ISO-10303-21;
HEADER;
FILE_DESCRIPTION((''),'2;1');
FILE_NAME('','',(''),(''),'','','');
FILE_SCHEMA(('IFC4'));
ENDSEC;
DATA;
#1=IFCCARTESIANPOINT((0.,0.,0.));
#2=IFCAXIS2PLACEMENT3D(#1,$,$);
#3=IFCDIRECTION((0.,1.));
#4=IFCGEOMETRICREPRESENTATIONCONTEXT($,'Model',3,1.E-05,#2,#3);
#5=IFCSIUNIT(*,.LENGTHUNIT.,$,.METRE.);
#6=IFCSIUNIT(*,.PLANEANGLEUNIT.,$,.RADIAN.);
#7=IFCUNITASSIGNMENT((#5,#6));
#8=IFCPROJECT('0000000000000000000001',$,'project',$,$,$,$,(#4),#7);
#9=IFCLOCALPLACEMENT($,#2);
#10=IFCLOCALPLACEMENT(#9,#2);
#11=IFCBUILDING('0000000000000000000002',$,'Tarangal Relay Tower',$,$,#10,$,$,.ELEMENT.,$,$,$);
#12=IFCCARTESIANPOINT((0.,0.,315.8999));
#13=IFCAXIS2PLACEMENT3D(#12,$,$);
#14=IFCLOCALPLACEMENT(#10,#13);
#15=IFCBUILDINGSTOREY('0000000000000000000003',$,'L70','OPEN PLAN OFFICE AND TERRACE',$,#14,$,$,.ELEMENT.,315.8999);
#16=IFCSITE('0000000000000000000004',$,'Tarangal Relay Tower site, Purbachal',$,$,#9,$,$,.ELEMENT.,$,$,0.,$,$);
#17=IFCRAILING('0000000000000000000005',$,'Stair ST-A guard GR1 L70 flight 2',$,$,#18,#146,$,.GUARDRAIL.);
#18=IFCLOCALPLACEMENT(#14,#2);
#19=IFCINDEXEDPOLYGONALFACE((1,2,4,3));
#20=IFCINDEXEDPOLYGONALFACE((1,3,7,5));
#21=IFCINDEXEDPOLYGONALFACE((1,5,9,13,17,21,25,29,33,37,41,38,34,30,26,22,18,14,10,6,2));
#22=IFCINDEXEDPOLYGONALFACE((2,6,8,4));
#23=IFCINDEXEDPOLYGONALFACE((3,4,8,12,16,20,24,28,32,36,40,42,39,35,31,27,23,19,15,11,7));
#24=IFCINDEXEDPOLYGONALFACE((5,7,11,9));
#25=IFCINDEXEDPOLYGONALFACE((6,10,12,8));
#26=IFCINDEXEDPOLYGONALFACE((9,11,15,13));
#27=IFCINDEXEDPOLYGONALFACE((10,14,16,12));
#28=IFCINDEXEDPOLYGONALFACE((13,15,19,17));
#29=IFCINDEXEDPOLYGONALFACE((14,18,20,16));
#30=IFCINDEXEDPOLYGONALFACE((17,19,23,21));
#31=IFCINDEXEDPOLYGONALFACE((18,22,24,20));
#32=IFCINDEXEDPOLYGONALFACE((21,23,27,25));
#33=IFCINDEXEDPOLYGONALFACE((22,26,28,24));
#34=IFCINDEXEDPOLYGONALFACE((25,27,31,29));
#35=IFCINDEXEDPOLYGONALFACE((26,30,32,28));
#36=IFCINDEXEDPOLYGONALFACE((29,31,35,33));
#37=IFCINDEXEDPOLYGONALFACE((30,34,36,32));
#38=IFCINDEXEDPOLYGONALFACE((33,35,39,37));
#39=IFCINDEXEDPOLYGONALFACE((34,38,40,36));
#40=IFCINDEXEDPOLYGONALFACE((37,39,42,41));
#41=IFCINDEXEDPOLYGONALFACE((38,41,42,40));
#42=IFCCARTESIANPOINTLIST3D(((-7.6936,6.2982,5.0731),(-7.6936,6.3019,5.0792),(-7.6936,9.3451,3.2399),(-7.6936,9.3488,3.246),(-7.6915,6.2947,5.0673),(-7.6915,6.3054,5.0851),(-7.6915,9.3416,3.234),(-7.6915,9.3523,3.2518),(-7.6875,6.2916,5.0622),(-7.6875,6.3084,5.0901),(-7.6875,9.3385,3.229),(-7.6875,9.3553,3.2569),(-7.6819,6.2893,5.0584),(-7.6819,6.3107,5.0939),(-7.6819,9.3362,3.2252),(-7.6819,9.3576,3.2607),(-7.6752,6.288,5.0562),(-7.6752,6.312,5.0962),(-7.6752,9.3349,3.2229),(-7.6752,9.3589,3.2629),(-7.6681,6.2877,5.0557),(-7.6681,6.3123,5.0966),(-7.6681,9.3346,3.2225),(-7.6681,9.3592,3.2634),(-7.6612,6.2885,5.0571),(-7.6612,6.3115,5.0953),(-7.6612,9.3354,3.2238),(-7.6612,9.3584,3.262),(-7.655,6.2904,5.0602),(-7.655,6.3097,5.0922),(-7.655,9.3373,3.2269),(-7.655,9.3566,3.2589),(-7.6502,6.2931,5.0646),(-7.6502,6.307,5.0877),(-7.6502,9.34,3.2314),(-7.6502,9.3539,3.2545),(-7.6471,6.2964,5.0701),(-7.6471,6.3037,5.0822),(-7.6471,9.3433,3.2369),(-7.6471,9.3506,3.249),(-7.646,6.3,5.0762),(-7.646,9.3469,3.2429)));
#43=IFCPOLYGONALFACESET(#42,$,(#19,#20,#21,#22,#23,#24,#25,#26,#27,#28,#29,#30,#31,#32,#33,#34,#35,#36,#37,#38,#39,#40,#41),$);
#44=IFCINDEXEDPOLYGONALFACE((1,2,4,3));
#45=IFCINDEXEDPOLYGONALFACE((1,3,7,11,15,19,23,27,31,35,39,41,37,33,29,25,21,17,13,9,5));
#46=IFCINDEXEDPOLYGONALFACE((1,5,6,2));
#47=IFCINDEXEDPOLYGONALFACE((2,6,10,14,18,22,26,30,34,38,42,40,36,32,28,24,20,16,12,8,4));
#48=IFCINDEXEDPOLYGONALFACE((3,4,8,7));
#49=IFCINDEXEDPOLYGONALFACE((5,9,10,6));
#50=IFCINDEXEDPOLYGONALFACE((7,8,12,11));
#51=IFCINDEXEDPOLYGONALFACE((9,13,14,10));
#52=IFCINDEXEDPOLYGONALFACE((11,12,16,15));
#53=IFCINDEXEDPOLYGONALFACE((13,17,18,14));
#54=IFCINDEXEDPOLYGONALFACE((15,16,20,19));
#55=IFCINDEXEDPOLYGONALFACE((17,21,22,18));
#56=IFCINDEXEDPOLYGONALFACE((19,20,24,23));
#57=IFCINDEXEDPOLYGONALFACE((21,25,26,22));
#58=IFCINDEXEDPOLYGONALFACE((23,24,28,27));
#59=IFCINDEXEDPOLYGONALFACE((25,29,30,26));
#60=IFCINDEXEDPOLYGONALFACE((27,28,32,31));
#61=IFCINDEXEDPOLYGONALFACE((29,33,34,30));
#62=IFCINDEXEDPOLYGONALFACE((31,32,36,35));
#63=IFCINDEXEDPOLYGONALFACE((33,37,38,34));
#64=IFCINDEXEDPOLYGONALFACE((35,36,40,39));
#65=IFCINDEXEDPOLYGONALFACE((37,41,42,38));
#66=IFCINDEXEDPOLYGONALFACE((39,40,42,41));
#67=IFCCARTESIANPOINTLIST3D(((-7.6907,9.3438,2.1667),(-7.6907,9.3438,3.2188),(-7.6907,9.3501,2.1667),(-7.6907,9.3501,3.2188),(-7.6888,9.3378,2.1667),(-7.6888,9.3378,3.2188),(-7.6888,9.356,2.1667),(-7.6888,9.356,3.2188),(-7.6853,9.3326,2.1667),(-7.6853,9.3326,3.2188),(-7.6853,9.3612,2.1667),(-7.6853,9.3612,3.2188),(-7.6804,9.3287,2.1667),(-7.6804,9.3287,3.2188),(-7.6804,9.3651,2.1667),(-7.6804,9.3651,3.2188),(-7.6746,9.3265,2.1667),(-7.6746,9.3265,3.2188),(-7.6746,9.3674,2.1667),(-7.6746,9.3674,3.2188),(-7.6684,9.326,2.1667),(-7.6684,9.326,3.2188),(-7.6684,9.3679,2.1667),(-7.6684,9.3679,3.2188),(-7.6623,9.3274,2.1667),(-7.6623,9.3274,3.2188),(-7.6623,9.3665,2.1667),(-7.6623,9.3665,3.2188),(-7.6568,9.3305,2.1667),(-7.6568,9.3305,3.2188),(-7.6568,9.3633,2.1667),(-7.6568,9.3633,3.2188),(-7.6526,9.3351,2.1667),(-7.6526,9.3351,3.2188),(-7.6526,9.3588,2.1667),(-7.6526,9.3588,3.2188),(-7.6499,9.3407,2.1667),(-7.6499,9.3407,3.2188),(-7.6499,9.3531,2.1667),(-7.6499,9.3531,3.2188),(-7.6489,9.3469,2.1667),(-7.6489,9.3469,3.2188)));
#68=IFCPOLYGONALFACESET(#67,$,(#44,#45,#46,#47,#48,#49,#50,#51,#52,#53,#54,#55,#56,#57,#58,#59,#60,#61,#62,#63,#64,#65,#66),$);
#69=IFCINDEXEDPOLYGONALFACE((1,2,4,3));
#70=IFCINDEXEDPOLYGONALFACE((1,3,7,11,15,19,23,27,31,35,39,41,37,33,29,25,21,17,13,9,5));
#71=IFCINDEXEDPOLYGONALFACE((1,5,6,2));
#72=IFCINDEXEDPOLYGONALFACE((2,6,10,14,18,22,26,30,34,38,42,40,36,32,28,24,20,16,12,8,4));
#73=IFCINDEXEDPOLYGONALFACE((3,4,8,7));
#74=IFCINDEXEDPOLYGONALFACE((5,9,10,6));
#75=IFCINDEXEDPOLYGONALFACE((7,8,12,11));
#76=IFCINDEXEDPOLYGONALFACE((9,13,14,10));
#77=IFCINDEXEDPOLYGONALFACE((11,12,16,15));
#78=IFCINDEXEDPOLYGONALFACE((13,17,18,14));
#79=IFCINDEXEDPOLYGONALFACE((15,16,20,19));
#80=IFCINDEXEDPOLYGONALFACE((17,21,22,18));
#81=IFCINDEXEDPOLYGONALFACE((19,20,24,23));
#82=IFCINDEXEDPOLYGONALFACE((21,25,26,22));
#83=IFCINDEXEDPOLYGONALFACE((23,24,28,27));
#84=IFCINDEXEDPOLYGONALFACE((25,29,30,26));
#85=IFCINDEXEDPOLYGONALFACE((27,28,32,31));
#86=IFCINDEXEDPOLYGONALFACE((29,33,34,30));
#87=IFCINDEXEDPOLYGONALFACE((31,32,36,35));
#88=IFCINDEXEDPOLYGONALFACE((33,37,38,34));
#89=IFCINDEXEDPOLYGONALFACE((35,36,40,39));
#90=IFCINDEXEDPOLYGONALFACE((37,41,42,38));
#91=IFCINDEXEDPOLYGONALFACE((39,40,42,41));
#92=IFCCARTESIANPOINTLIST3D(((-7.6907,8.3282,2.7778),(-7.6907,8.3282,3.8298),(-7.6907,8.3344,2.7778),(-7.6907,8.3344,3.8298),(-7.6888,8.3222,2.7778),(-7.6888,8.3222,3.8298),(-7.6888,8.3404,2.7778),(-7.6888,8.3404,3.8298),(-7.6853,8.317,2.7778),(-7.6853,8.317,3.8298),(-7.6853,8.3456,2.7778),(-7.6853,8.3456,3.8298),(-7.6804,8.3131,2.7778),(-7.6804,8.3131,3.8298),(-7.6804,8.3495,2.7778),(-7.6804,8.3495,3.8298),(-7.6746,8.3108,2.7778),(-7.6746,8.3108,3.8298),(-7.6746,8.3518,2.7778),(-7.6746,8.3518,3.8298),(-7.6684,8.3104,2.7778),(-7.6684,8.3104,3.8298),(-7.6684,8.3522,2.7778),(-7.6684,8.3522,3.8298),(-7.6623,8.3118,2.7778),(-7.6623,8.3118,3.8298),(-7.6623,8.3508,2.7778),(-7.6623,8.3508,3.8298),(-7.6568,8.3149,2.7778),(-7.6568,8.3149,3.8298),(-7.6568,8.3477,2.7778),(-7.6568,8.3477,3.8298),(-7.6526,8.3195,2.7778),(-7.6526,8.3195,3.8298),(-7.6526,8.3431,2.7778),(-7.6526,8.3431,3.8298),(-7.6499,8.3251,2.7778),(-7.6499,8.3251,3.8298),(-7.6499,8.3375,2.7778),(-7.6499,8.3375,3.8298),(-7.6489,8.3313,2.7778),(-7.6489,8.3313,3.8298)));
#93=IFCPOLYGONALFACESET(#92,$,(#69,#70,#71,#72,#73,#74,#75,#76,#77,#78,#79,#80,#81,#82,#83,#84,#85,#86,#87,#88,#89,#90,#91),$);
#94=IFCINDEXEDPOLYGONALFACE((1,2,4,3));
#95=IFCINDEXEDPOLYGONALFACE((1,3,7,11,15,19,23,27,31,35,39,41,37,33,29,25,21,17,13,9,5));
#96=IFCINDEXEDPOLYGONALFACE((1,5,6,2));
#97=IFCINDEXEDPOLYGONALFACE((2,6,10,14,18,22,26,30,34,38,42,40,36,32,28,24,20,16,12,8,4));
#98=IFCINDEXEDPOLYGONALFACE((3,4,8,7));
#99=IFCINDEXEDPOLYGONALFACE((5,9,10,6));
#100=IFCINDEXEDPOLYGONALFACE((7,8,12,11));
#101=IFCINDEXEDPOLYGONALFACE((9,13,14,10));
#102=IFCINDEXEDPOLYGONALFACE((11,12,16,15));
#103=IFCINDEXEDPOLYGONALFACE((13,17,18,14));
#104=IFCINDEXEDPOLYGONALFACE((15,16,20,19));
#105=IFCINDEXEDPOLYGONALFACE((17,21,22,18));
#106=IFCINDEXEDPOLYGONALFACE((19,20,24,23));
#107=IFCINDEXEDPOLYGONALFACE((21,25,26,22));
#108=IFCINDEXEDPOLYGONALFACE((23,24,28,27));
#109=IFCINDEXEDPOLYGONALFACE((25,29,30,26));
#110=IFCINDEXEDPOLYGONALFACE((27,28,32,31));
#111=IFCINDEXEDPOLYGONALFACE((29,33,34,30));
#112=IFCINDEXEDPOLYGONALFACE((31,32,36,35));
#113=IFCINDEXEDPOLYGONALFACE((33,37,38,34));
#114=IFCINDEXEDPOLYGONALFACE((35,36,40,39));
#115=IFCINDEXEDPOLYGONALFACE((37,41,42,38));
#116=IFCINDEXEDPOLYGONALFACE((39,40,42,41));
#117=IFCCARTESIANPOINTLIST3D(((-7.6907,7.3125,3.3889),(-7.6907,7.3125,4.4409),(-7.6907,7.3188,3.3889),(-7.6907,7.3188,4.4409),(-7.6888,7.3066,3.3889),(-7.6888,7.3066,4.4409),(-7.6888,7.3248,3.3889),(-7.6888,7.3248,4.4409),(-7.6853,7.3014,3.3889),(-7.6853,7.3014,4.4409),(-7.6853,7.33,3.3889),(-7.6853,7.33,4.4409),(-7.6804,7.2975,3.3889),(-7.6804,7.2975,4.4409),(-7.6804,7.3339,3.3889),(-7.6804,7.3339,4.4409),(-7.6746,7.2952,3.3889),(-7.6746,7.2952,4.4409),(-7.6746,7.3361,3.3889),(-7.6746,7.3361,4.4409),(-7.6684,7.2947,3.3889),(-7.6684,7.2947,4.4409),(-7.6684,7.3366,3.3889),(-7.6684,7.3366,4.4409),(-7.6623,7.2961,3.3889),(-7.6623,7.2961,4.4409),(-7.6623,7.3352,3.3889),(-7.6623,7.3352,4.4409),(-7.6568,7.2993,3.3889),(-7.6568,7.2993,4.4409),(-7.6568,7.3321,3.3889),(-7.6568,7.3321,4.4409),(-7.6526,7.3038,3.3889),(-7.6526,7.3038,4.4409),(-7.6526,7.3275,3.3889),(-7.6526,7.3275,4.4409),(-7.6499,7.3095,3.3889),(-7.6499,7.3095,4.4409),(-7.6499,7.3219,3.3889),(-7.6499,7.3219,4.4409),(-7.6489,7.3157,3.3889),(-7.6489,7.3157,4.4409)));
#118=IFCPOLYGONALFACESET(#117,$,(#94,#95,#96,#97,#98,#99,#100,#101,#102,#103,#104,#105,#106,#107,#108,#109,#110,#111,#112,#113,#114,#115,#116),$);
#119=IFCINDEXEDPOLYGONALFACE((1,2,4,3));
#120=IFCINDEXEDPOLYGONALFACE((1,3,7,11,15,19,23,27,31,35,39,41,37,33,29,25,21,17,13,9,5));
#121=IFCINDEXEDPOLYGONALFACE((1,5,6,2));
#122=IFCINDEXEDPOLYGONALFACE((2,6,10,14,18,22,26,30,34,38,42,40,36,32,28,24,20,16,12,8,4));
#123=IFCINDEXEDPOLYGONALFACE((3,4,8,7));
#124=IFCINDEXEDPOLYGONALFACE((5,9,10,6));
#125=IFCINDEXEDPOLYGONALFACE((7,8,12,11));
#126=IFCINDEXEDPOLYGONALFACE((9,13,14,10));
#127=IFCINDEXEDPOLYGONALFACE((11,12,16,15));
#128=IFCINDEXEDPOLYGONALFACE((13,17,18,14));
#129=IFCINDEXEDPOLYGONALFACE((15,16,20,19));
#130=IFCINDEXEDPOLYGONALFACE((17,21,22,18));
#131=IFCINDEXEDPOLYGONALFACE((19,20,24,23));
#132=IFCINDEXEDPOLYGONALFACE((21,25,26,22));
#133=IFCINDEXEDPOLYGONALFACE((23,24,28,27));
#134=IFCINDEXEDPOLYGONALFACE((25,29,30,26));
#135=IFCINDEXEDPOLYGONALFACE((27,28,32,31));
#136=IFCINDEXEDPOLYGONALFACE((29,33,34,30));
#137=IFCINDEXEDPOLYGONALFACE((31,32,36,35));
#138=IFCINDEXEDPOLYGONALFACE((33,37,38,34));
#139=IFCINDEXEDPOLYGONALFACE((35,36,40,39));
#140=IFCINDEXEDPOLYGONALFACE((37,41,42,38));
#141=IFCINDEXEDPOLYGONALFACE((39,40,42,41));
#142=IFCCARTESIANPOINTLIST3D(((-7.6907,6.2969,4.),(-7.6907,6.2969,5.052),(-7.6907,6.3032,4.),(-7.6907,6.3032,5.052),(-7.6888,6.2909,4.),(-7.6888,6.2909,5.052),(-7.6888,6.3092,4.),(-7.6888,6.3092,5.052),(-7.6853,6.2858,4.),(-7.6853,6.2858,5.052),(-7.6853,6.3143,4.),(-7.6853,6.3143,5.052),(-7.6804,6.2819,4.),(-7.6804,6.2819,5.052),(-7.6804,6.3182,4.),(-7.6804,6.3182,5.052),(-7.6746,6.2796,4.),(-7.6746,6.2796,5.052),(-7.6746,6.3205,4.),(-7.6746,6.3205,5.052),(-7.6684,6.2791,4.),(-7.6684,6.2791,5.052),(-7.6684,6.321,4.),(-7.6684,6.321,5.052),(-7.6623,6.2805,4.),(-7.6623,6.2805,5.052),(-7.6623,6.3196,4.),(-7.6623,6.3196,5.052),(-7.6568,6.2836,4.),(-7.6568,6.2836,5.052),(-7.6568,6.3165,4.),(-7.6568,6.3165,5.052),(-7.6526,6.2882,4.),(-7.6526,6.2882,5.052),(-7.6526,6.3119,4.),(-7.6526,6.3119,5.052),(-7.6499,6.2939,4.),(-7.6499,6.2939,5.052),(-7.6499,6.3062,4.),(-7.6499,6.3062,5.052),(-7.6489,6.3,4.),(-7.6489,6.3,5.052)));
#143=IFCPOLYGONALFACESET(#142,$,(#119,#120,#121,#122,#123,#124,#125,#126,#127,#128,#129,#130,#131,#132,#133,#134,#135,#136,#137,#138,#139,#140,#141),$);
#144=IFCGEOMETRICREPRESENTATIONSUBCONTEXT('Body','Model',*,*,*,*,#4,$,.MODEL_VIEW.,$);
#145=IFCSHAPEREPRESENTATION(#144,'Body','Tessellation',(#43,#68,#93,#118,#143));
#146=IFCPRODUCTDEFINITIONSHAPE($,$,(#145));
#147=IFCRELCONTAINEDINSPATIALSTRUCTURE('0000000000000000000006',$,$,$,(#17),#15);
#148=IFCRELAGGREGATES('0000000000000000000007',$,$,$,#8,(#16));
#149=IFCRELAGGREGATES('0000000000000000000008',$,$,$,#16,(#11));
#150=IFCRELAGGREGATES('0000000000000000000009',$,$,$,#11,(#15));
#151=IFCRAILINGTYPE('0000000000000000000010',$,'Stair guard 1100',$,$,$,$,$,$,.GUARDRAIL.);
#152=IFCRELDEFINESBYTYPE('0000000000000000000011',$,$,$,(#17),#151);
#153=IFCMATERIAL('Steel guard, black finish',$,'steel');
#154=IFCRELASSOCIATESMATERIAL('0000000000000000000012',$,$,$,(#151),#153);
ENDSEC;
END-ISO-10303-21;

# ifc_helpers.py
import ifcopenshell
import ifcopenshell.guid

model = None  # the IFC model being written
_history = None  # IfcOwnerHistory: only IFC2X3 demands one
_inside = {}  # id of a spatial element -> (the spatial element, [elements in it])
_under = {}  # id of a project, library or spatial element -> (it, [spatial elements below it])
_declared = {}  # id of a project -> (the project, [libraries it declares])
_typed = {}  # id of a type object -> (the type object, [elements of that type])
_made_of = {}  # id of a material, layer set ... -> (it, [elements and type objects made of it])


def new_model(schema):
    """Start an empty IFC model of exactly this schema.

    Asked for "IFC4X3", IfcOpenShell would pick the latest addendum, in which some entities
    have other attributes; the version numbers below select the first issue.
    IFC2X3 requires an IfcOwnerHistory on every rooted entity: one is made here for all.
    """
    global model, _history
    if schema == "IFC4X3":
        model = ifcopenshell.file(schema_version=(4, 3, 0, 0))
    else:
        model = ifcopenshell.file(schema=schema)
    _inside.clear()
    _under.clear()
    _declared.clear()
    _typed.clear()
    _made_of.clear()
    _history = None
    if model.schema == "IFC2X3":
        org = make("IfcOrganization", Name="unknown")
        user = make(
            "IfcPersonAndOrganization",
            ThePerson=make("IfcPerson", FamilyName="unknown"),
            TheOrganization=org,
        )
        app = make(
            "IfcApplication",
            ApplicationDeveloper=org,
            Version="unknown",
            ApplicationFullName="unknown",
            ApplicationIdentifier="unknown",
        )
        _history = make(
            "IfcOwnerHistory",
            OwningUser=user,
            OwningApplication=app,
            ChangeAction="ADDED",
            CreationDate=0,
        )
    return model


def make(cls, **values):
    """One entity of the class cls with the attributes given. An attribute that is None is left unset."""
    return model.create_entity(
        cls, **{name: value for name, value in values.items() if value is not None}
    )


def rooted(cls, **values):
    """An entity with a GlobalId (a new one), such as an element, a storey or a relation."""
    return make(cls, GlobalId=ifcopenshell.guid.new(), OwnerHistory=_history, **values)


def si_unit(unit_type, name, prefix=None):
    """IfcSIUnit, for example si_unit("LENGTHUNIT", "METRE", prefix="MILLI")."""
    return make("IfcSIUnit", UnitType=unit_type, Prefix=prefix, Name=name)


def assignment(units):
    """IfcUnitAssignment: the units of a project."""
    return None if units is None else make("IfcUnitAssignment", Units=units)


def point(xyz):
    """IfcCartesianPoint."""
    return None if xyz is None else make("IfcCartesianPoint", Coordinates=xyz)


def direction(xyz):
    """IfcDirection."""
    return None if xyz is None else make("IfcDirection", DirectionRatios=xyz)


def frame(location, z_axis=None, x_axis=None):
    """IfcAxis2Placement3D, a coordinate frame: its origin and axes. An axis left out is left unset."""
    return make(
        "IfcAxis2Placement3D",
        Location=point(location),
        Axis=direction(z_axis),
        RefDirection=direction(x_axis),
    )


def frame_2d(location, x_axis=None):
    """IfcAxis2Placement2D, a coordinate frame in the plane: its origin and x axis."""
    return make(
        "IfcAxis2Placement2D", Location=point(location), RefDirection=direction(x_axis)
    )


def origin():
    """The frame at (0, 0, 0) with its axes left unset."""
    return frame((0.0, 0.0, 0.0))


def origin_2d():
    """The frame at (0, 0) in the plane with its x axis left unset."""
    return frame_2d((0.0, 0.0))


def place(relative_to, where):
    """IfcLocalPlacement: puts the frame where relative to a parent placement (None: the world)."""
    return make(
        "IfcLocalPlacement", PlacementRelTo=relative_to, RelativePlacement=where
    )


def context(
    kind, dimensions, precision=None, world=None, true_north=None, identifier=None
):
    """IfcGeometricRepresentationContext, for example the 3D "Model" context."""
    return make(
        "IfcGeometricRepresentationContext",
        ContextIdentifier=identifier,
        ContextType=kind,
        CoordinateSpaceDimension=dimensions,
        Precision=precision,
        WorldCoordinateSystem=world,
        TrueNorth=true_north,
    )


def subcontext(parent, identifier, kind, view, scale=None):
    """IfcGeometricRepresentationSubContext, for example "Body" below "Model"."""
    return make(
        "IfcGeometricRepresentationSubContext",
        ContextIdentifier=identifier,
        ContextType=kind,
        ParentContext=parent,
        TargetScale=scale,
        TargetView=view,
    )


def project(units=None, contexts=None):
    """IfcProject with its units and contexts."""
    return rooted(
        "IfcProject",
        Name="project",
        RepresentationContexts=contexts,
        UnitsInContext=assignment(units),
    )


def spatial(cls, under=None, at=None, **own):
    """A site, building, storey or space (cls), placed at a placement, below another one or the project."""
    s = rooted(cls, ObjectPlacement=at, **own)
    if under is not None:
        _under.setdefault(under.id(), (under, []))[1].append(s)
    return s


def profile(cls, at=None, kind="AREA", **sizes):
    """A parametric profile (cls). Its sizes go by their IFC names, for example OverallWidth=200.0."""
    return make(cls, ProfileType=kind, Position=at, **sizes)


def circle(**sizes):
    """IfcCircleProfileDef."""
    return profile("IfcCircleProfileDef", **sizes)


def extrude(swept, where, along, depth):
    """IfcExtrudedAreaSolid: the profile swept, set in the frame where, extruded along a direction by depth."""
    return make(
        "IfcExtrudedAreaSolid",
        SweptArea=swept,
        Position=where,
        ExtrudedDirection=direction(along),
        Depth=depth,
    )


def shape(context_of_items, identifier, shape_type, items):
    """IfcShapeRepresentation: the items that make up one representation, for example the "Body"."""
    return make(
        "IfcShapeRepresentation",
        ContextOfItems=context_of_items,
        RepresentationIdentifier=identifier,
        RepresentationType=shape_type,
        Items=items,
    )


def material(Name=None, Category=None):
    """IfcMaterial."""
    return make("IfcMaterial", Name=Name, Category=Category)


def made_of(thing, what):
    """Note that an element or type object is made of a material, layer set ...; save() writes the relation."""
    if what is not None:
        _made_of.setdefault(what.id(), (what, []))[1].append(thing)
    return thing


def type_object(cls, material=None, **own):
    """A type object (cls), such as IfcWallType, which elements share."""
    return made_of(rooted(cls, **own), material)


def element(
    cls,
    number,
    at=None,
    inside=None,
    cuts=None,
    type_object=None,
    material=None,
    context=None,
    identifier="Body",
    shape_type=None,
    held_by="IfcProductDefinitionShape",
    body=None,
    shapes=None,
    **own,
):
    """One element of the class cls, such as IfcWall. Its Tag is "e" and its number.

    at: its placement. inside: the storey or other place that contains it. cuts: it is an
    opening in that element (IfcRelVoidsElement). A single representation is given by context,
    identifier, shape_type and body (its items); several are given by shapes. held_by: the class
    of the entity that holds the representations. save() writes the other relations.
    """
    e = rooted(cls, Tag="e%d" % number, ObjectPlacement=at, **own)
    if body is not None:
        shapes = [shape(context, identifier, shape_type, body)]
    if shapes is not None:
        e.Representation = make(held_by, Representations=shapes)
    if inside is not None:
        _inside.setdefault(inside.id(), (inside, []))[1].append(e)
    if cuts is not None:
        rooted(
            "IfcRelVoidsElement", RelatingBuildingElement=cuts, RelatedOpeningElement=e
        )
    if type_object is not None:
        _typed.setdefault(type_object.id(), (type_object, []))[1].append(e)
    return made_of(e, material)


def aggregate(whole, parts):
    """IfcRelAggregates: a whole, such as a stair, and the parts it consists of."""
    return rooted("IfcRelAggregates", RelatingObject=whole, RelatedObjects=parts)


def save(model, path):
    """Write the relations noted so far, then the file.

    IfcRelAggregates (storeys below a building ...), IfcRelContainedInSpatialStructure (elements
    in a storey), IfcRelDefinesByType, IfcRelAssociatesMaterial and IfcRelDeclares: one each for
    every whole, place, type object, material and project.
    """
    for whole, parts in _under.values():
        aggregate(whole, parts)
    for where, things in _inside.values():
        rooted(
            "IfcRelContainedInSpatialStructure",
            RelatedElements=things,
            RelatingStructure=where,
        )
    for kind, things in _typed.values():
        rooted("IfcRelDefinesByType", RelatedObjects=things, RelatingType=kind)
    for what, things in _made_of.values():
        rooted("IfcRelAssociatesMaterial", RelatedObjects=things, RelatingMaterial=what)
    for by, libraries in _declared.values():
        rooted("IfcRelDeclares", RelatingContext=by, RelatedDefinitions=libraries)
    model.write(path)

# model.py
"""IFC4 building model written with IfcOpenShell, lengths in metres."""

from ifc_helpers import new_model, si_unit, direction, frame, origin, origin_2d, place, context, subcontext, project, spatial, circle, extrude, material, type_object, element, save


model = new_model("IFC4")

# Units and contexts
model_context = context("Model", 3, precision=1e-05, world=origin(), true_north=direction((0.0, 1.0)))
body_context = subcontext(model_context, "Body", "Model", "MODEL_VIEW")
ifc_project = project(units=[si_unit("LENGTHUNIT", "METRE"), si_unit("PLANEANGLEUNIT", "RADIAN")], contexts=[model_context])

# Site, building, storey
site_placement = place(None, origin())
site = spatial("IfcSite", under=ifc_project, at=site_placement, Name="Tarangal Relay Tower site, Purbachal", CompositionType="ELEMENT", RefElevation=0.0)
building_placement = place(site_placement, origin())
building = spatial("IfcBuilding", under=site, at=building_placement, Name="Tarangal Relay Tower", CompositionType="ELEMENT")
storey_placement = place(building_placement, frame((0.0, 0.0, 315.8999)))
storey = spatial("IfcBuildingStorey", under=building, at=storey_placement, Name="L70", Description="OPEN PLAN OFFICE AND TERRACE", CompositionType="ELEMENT", Elevation=315.8999)

# Railing
ifc_material_1 = material(Name="Steel guard, black finish", Category="steel")
railing_type_1 = type_object("IfcRailingType", Name="Stair guard 1100", PredefinedType="GUARDRAIL", material=ifc_material_1)
railing_1_placement = place(storey_placement, frame((-7.6699, 9.3469, 2.1667)))
element("IfcRailing", 1, at=railing_1_placement, inside=storey, type_object=railing_type_1, Name="Stair ST-A guard GR1 L70 flight 2", PredefinedType="GUARDRAIL", context=body_context, shape_type="SweptSolid", body=[
    extrude(circle(Radius=0.0239, at=origin_2d()), frame((0.0, 0.0, 1.0762), z_axis=(0.0, -0.856856, 0.515556), x_axis=(1.0, 0.0, 0.0)), (0.0, 0.0, 1.0), 3.5559),
    extrude(circle(Radius=0.021, at=origin_2d()), origin(), (0.0, 0.0, 1.0), 1.052),
    extrude(circle(Radius=0.021, at=origin_2d()), frame((0.0, -1.0156, 0.6111)), (0.0, 0.0, 1.0), 1.052),
    extrude(circle(Radius=0.021, at=origin_2d()), frame((0.0, -2.0312, 1.2222)), (0.0, 0.0, 1.0), 1.052),
    extrude(circle(Radius=0.021, at=origin_2d()), frame((0.0, -3.0469, 1.8333)), (0.0, 0.0, 1.0), 1.052),
])

save(model, "model.ifc")
